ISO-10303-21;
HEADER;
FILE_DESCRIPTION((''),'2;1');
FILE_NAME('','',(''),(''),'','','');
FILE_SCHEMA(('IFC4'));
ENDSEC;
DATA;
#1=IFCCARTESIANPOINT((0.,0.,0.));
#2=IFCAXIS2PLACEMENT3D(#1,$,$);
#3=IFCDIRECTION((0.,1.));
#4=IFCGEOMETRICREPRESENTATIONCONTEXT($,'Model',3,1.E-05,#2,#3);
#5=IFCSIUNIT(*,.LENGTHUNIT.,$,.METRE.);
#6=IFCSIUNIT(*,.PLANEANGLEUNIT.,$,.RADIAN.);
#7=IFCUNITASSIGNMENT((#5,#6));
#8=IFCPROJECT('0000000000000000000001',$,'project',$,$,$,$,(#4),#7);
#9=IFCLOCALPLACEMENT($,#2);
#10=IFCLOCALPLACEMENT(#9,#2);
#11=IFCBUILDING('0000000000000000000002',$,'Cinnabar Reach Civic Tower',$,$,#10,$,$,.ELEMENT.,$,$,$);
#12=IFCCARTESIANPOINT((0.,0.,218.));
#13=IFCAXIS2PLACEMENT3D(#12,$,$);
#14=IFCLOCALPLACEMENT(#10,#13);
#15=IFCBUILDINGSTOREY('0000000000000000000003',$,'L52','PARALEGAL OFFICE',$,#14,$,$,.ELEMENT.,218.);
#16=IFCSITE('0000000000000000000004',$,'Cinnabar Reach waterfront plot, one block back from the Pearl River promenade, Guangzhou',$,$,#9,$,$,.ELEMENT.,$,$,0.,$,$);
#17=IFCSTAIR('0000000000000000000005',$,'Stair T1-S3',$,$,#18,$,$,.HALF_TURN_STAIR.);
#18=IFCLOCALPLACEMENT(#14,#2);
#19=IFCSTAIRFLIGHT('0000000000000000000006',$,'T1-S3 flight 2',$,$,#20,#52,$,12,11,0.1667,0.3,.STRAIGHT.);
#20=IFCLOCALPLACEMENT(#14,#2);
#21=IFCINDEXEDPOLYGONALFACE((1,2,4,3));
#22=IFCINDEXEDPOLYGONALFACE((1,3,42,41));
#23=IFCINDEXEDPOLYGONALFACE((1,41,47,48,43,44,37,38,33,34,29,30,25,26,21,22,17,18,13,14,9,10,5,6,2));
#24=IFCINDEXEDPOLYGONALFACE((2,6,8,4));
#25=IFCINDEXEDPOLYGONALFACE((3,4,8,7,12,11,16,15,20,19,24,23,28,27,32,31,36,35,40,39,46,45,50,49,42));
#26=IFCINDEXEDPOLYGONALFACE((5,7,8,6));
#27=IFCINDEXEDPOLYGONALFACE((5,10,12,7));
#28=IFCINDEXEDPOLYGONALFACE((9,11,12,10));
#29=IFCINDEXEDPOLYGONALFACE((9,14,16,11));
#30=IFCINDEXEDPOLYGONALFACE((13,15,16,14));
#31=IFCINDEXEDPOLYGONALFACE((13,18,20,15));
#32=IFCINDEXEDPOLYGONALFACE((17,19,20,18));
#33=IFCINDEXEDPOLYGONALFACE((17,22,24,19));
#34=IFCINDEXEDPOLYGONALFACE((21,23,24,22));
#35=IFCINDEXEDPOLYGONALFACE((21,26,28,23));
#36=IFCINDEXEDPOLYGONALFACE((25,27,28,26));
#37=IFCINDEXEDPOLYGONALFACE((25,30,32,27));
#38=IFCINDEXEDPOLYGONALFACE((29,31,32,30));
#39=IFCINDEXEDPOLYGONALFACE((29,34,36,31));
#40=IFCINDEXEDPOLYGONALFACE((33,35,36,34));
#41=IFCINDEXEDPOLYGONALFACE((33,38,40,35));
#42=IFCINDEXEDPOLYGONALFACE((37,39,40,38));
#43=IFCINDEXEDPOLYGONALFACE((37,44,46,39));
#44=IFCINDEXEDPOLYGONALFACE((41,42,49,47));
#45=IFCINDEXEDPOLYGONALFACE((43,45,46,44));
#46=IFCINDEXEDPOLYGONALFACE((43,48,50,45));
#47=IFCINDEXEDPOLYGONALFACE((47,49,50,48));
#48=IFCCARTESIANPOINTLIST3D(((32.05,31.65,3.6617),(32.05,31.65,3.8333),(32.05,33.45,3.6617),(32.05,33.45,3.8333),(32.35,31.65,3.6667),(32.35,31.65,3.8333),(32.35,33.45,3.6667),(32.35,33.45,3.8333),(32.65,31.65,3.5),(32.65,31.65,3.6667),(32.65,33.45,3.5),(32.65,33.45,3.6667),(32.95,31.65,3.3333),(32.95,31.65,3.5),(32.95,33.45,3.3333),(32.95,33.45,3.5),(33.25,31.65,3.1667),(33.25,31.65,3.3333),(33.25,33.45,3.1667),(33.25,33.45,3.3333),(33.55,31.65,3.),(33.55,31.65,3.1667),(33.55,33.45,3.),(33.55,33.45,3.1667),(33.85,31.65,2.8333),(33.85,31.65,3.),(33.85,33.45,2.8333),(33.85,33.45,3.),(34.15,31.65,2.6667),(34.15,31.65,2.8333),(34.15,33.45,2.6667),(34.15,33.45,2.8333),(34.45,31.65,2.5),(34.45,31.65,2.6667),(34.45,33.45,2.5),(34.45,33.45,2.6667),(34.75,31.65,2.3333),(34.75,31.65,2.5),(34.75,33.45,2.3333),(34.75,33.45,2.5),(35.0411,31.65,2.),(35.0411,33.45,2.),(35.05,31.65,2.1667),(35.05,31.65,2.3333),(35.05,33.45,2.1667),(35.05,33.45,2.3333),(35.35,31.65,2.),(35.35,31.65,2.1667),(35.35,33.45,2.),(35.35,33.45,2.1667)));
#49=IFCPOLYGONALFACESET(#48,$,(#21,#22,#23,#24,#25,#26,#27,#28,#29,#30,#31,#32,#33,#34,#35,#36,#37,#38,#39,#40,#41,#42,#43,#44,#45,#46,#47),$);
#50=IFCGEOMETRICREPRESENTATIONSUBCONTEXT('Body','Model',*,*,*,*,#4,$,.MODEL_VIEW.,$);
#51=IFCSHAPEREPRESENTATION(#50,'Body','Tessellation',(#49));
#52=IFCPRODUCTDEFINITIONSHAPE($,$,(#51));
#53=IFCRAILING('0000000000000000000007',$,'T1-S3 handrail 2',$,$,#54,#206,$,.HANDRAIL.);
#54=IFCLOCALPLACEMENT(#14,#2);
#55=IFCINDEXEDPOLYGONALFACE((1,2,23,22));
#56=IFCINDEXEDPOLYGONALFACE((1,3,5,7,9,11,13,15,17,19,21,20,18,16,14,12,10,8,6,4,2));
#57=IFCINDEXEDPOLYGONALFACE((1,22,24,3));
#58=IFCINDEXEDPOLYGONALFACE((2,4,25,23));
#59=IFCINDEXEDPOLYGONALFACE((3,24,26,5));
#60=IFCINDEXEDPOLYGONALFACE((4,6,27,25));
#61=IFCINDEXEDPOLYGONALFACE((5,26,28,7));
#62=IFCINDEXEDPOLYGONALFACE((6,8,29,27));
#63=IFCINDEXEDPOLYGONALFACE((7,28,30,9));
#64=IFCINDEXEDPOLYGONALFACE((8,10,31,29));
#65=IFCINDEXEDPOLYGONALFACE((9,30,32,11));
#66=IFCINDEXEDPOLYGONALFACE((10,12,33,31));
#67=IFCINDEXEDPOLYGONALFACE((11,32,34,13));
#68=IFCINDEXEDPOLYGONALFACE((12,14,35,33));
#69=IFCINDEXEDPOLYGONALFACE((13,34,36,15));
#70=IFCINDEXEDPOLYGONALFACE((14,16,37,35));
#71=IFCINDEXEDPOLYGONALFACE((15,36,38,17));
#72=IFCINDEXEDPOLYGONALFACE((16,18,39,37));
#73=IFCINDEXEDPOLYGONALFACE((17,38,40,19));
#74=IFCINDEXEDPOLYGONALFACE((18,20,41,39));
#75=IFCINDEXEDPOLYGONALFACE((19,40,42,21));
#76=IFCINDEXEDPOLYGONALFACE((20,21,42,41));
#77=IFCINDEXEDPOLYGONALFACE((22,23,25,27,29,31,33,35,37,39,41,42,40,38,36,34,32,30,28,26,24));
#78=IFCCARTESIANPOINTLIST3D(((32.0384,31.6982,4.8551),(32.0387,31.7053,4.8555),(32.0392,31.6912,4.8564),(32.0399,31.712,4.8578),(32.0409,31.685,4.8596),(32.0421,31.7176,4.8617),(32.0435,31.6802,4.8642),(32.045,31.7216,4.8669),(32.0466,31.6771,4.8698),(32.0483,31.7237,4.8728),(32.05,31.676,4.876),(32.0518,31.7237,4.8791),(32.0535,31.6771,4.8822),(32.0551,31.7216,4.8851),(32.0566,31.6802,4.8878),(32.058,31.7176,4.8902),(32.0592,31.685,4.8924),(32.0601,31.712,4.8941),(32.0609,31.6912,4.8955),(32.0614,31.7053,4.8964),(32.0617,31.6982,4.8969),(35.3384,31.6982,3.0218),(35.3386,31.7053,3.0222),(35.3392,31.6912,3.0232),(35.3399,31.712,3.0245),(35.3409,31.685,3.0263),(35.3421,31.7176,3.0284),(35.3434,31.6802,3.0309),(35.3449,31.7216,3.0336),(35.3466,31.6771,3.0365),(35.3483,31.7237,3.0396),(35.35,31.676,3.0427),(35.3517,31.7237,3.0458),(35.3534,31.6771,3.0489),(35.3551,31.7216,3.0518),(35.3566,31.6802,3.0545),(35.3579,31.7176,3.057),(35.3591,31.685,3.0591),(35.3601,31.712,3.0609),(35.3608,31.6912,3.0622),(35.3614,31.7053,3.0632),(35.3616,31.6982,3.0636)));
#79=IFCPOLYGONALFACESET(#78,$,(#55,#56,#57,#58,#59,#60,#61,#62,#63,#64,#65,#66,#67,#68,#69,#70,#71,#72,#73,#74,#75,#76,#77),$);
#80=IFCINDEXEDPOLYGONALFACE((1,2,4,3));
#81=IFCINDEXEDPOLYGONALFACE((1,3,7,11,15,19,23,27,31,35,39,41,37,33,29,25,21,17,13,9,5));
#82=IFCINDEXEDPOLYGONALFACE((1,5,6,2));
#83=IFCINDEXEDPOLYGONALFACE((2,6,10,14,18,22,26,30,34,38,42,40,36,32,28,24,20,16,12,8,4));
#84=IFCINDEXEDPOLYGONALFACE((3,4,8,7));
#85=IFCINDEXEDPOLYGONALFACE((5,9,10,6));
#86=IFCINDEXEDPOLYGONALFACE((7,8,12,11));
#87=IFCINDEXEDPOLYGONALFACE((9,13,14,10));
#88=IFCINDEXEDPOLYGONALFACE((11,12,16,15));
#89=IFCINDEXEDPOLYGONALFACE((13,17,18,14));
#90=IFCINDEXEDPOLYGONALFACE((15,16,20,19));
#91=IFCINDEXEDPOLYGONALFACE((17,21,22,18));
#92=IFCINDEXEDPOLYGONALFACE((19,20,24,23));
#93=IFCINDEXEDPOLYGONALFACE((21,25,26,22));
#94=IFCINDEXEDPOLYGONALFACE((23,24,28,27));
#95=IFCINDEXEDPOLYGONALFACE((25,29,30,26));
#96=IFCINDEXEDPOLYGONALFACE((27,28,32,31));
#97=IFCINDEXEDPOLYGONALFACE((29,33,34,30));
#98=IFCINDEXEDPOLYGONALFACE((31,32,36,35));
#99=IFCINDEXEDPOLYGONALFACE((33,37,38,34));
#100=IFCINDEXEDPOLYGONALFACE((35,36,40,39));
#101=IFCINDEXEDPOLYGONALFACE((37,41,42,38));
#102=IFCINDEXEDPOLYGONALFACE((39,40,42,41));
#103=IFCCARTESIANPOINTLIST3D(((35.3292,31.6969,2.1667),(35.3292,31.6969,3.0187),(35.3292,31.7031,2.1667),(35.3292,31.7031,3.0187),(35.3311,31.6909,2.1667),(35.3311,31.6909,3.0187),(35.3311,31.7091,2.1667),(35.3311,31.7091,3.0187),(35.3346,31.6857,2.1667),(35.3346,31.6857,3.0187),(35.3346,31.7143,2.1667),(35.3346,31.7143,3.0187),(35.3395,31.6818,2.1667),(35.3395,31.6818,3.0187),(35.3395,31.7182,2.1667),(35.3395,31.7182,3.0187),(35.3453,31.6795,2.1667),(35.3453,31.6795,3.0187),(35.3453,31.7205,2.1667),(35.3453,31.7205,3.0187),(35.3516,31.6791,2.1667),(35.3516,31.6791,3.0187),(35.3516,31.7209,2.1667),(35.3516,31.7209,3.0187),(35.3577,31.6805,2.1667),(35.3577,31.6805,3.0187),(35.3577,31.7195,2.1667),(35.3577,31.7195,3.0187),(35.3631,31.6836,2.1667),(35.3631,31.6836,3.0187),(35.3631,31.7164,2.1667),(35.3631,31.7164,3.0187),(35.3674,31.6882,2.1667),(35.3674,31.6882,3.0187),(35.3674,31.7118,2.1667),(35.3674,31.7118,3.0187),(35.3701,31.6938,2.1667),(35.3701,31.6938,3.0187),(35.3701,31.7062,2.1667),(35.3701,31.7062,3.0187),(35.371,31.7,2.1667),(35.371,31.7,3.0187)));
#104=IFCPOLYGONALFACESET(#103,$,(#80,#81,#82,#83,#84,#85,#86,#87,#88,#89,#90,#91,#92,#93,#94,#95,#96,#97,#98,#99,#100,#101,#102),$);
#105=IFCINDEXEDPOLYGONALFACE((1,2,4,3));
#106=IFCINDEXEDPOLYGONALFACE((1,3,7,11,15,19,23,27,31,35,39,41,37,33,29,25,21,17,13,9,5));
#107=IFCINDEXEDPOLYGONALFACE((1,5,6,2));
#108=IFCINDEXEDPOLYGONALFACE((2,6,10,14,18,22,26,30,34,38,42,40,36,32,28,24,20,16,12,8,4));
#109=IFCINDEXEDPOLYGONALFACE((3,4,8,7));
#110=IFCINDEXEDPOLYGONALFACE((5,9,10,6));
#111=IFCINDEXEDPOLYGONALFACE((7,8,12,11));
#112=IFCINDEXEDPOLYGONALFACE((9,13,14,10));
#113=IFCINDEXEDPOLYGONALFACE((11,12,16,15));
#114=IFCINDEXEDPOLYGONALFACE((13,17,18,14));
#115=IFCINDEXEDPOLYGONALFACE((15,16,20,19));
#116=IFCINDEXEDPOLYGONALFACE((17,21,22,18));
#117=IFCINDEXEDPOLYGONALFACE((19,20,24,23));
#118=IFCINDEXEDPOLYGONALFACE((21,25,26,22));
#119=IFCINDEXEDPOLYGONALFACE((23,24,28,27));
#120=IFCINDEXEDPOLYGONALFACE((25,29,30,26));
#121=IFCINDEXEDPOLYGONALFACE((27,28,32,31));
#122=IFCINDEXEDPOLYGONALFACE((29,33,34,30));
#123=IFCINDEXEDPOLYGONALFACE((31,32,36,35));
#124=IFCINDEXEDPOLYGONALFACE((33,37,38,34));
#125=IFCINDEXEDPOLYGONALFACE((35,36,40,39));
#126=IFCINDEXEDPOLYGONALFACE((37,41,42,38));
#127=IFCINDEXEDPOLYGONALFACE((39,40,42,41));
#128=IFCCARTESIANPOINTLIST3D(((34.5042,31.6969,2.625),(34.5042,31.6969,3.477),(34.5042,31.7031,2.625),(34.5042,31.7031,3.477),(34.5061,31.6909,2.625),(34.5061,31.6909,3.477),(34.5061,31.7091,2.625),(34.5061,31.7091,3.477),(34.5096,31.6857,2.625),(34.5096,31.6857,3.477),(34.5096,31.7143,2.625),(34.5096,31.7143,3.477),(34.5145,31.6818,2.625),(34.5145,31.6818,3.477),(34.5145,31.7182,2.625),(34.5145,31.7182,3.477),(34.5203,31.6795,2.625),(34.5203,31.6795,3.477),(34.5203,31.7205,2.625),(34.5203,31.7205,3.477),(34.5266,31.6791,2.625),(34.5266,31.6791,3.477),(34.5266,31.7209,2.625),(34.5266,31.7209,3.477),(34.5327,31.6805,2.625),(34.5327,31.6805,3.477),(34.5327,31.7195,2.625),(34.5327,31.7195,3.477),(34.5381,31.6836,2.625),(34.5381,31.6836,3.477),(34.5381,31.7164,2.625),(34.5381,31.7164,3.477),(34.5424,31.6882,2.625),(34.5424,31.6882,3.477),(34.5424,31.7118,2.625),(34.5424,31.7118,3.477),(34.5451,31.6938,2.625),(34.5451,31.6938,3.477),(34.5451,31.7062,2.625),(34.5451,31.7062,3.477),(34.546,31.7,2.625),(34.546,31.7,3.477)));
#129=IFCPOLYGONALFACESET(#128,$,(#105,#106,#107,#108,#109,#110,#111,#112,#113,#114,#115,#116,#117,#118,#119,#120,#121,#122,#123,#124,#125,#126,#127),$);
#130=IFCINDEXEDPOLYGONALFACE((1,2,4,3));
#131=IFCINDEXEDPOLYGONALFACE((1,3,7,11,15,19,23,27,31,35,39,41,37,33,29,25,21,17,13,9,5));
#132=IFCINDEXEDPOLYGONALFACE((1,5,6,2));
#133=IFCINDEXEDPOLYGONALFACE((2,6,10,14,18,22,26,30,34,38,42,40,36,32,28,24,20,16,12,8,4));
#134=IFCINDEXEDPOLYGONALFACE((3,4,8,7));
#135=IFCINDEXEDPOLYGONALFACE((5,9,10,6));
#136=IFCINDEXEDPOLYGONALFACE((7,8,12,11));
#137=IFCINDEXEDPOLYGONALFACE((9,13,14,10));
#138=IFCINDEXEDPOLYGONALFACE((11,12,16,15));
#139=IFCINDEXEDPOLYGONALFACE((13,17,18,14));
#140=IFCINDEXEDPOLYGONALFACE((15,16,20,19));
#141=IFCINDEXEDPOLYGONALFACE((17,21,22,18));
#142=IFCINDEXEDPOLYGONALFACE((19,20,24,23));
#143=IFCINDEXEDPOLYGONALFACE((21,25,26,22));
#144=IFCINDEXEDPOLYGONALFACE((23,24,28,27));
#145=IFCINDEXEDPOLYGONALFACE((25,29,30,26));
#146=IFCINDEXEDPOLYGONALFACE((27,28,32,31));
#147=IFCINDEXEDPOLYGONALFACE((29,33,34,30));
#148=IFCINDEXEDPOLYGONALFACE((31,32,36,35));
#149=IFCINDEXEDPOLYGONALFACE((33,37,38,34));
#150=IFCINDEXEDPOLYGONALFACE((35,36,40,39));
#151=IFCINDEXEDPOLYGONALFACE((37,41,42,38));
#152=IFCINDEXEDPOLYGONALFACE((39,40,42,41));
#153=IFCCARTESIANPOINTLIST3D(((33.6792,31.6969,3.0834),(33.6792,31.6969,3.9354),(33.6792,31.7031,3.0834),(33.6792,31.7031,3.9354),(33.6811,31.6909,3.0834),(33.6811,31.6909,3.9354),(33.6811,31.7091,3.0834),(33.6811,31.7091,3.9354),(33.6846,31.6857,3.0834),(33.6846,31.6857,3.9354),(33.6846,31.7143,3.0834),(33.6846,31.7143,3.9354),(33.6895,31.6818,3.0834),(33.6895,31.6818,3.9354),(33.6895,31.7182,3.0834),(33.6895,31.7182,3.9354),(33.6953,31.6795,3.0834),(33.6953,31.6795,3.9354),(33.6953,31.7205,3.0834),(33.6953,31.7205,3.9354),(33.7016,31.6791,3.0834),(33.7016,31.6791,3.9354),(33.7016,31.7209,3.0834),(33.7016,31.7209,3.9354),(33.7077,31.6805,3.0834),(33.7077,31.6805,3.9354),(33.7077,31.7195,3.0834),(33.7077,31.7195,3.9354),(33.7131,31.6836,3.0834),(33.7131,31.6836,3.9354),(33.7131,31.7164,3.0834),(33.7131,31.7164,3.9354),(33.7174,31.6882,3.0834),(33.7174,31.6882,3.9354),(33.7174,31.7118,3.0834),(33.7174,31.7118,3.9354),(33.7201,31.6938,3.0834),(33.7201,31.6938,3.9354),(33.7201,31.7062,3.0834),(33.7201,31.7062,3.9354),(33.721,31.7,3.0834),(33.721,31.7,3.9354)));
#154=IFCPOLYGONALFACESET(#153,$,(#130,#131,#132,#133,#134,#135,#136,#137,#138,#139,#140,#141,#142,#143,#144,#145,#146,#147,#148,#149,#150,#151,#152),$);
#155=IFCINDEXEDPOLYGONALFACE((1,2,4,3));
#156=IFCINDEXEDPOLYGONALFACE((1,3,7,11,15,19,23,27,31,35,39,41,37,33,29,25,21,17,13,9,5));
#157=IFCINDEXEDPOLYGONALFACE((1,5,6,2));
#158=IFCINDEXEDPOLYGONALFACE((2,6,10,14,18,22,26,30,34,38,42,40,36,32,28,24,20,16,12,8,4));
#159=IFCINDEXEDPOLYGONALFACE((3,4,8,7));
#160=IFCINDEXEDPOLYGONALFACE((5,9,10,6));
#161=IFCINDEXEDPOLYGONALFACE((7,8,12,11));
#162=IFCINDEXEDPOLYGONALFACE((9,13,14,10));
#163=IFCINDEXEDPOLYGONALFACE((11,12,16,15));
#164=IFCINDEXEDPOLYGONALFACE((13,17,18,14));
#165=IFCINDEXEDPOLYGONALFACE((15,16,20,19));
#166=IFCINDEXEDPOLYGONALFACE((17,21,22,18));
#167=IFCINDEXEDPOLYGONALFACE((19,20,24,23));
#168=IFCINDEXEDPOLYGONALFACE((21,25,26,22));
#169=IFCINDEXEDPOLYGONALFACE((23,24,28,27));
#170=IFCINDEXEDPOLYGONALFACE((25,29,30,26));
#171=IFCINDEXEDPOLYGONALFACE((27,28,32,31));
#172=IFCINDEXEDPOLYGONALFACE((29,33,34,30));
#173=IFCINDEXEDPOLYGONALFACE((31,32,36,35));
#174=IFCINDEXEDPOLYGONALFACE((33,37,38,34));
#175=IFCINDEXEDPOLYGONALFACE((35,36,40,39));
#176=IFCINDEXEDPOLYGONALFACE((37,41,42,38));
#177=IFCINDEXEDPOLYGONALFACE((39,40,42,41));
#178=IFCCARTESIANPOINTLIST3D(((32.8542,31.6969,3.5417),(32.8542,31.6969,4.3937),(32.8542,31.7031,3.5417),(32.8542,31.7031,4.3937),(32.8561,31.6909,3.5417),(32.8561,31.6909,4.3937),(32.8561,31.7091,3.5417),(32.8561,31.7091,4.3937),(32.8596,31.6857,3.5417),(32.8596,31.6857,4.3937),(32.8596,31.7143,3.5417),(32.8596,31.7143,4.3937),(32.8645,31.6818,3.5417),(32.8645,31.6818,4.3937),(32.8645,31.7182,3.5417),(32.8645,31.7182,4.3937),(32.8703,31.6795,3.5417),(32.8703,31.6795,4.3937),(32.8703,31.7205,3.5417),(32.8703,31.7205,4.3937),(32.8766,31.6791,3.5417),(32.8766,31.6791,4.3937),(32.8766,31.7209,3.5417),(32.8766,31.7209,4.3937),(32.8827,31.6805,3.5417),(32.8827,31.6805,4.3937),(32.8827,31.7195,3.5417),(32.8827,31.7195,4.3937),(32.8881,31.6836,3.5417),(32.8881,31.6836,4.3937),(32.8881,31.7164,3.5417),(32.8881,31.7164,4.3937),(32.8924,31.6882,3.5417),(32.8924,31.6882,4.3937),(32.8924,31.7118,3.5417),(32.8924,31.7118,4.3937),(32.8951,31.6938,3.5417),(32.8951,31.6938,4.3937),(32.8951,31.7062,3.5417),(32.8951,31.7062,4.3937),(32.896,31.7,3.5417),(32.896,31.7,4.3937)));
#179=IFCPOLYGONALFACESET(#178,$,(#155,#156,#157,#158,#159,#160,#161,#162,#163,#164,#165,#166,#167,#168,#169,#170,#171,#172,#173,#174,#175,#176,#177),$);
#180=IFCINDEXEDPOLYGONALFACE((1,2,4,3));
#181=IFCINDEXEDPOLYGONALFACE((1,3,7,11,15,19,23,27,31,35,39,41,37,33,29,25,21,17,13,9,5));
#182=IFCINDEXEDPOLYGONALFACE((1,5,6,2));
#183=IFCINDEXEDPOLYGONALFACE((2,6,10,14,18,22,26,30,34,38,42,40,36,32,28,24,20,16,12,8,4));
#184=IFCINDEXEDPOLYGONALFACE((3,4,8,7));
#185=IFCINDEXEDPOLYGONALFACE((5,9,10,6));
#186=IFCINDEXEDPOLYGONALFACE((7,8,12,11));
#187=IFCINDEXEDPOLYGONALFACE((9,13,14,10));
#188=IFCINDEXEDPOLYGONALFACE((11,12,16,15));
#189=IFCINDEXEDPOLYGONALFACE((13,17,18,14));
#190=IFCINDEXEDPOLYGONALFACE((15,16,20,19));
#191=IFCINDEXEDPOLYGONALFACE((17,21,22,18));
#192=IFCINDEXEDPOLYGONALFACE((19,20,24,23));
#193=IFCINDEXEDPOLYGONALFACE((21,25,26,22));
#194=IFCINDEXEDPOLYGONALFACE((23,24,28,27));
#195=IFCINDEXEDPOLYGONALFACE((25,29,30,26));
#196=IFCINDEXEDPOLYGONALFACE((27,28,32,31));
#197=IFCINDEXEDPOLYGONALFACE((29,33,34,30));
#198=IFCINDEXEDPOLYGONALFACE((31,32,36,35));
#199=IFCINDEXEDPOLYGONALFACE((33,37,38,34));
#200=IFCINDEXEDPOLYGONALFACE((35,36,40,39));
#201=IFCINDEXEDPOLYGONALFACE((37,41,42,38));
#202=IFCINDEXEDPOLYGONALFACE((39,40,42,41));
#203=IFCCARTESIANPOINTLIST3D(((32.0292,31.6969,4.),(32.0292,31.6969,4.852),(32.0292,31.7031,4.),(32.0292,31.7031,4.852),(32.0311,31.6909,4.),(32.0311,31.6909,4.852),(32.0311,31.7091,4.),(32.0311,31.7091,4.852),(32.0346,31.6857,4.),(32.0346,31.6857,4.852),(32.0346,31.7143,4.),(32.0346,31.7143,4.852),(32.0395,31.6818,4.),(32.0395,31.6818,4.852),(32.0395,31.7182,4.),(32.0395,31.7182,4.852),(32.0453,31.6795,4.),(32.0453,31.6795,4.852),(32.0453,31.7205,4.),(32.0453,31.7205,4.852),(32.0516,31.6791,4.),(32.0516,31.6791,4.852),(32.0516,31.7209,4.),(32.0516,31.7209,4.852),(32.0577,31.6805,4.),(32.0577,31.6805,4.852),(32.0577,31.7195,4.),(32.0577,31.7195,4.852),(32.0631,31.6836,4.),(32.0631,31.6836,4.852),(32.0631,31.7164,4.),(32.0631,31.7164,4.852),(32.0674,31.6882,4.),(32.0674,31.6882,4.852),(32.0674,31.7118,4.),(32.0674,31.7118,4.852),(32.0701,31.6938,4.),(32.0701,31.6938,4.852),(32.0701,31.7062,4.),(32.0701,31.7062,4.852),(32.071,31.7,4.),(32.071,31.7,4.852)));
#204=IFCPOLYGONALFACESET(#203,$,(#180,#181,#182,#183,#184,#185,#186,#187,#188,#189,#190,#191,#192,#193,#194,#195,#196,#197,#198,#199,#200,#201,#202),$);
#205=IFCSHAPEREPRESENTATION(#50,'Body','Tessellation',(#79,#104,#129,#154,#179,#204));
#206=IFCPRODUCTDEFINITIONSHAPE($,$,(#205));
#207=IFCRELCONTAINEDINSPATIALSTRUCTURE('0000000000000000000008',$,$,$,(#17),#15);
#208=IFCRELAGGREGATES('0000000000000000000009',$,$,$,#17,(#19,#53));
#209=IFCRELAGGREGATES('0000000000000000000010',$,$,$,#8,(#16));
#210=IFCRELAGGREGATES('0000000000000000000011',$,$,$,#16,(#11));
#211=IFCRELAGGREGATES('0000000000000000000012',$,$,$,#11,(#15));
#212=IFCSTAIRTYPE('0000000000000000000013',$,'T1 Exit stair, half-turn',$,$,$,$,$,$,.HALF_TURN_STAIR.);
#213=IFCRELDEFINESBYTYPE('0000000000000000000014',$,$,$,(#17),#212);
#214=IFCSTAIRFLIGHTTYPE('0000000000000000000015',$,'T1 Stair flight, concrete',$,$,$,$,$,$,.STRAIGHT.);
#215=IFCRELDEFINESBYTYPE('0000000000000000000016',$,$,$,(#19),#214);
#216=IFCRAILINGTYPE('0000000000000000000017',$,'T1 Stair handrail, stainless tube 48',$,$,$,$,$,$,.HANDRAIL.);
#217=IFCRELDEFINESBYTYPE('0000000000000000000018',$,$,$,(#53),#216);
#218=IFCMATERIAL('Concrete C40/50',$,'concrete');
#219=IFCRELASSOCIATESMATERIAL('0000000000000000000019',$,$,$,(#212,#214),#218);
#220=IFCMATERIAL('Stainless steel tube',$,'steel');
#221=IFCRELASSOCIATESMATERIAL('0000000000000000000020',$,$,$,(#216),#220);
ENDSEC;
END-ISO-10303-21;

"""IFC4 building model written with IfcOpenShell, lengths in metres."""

from ifc_helpers import new_model, si_unit, direction, frame, origin, origin_2d, place, context, subcontext, project, spatial, polyline, circle, outline, extrude, material, type_object, element, aggregate, save


model = new_model("IFC4")

# Units and contexts
model_context = context("Model", 3, precision=1e-05, world=origin(), true_north=direction((0.0, 1.0)))
body_context = subcontext(model_context, "Body", "Model", "MODEL_VIEW")
ifc_project = project(units=[si_unit("LENGTHUNIT", "METRE"), si_unit("PLANEANGLEUNIT", "RADIAN")], contexts=[model_context])

# Site, building, storey
site_placement = place(None, origin())
site = spatial("IfcSite", under=ifc_project, at=site_placement, Name="Cinnabar Reach waterfront plot, one block back from the Pearl River promenade, Guangzhou", CompositionType="ELEMENT", RefElevation=0.0)
building_placement = place(site_placement, origin())
building = spatial("IfcBuilding", under=site, at=building_placement, Name="Cinnabar Reach Civic Tower", CompositionType="ELEMENT")
storey_placement = place(building_placement, frame((0.0, 0.0, 218.0)))
storey = spatial("IfcBuildingStorey", under=building, at=storey_placement, Name="L52", Description="PARALEGAL OFFICE", CompositionType="ELEMENT", Elevation=218.0)

# Stair, stair flight, railing
ifc_material_1 = material(Name="Concrete C40/50", Category="concrete")
stair_type = type_object("IfcStairType", Name="T1 Exit stair, half-turn", PredefinedType="HALF_TURN_STAIR", material=ifc_material_1)
stair_placement = place(storey_placement, origin())
stair = element("IfcStair", 1, at=stair_placement, inside=storey, type_object=stair_type, Name="Stair T1-S3", PredefinedType="HALF_TURN_STAIR")
stair_flight_type = type_object("IfcStairFlightType", Name="T1 Stair flight, concrete", PredefinedType="STRAIGHT", material=ifc_material_1)
stair_flight_placement = place(storey_placement, frame((35.35, 32.55, 2.0), z_axis=(0.0, 0.0, 1.0), x_axis=(-1.0, 0.0, 0.0)))
stair_flight = element("IfcStairFlight", 2, at=stair_flight_placement, type_object=stair_flight_type, Name="T1-S3 flight 2", NumberOfRisers=12, NumberOfTreads=11, PredefinedType="STRAIGHT", RiserHeight=0.1667, TreadLength=0.3, context=body_context, shape_type="SweptSolid", body=[
    extrude(outline(polyline([(0.0, 0.0), (0.0, 0.1667), (0.3, 0.1667), (0.3, 0.3333), (0.6, 0.3333), (0.6, 0.5), (0.9, 0.5), (0.9, 0.6667), (1.2, 0.6667), (1.2, 0.8333), (1.5, 0.8333), (1.5, 1.0), (1.8, 1.0), (1.8, 1.1667), (2.1, 1.1667), (2.1, 1.3333), (2.4, 1.3333), (2.4, 1.5), (2.7, 1.5), (2.7, 1.6667), (3.0, 1.6667), (3.0, 1.8333), (3.3, 1.8333), (3.3, 2.0), (3.3, 1.6617), (0.3089, 0.0), (0.0, 0.0)])), frame((0.0, 0.9, 0.0), z_axis=(0.0, -1.0, 0.0), x_axis=(1.0, 0.0, 0.0)), (0.0, 0.0, 1.0), 1.8),
])
ifc_material_2 = material(Name="Stainless steel tube", Category="steel")
railing_type = type_object("IfcRailingType", Name="T1 Stair handrail, stainless tube 48", PredefinedType="HANDRAIL", material=ifc_material_2)
railing_placement = place(storey_placement, frame((35.35, 31.7, 2.1667)))
railing = element("IfcRailing", 3, at=railing_placement, type_object=railing_type, Name="T1-S3 handrail 2", PredefinedType="HANDRAIL", context=body_context, shape_type="SweptSolid", body=[
    extrude(circle(Radius=0.024, at=origin_2d()), frame((0.0, 0.0, 0.876), z_axis=(-0.874161, 0.0, 0.485636), x_axis=(0.0, -1.0, 0.0)), (0.0, 0.0, 1.0), 3.775),
    extrude(circle(Radius=0.021, at=origin_2d()), origin(), (0.0, 0.0, 1.0), 0.852),
    extrude(circle(Radius=0.021, at=origin_2d()), frame((-0.825, 0.0, 0.4583)), (0.0, 0.0, 1.0), 0.852),
    extrude(circle(Radius=0.021, at=origin_2d()), frame((-1.65, 0.0, 0.9167)), (0.0, 0.0, 1.0), 0.852),
    extrude(circle(Radius=0.021, at=origin_2d()), frame((-2.475, 0.0, 1.375)), (0.0, 0.0, 1.0), 0.852),
    extrude(circle(Radius=0.021, at=origin_2d()), frame((-3.3, 0.0, 1.8333)), (0.0, 0.0, 1.0), 0.852),
])
aggregate(stair, [stair_flight, railing])

save(model, "model.ifc")
